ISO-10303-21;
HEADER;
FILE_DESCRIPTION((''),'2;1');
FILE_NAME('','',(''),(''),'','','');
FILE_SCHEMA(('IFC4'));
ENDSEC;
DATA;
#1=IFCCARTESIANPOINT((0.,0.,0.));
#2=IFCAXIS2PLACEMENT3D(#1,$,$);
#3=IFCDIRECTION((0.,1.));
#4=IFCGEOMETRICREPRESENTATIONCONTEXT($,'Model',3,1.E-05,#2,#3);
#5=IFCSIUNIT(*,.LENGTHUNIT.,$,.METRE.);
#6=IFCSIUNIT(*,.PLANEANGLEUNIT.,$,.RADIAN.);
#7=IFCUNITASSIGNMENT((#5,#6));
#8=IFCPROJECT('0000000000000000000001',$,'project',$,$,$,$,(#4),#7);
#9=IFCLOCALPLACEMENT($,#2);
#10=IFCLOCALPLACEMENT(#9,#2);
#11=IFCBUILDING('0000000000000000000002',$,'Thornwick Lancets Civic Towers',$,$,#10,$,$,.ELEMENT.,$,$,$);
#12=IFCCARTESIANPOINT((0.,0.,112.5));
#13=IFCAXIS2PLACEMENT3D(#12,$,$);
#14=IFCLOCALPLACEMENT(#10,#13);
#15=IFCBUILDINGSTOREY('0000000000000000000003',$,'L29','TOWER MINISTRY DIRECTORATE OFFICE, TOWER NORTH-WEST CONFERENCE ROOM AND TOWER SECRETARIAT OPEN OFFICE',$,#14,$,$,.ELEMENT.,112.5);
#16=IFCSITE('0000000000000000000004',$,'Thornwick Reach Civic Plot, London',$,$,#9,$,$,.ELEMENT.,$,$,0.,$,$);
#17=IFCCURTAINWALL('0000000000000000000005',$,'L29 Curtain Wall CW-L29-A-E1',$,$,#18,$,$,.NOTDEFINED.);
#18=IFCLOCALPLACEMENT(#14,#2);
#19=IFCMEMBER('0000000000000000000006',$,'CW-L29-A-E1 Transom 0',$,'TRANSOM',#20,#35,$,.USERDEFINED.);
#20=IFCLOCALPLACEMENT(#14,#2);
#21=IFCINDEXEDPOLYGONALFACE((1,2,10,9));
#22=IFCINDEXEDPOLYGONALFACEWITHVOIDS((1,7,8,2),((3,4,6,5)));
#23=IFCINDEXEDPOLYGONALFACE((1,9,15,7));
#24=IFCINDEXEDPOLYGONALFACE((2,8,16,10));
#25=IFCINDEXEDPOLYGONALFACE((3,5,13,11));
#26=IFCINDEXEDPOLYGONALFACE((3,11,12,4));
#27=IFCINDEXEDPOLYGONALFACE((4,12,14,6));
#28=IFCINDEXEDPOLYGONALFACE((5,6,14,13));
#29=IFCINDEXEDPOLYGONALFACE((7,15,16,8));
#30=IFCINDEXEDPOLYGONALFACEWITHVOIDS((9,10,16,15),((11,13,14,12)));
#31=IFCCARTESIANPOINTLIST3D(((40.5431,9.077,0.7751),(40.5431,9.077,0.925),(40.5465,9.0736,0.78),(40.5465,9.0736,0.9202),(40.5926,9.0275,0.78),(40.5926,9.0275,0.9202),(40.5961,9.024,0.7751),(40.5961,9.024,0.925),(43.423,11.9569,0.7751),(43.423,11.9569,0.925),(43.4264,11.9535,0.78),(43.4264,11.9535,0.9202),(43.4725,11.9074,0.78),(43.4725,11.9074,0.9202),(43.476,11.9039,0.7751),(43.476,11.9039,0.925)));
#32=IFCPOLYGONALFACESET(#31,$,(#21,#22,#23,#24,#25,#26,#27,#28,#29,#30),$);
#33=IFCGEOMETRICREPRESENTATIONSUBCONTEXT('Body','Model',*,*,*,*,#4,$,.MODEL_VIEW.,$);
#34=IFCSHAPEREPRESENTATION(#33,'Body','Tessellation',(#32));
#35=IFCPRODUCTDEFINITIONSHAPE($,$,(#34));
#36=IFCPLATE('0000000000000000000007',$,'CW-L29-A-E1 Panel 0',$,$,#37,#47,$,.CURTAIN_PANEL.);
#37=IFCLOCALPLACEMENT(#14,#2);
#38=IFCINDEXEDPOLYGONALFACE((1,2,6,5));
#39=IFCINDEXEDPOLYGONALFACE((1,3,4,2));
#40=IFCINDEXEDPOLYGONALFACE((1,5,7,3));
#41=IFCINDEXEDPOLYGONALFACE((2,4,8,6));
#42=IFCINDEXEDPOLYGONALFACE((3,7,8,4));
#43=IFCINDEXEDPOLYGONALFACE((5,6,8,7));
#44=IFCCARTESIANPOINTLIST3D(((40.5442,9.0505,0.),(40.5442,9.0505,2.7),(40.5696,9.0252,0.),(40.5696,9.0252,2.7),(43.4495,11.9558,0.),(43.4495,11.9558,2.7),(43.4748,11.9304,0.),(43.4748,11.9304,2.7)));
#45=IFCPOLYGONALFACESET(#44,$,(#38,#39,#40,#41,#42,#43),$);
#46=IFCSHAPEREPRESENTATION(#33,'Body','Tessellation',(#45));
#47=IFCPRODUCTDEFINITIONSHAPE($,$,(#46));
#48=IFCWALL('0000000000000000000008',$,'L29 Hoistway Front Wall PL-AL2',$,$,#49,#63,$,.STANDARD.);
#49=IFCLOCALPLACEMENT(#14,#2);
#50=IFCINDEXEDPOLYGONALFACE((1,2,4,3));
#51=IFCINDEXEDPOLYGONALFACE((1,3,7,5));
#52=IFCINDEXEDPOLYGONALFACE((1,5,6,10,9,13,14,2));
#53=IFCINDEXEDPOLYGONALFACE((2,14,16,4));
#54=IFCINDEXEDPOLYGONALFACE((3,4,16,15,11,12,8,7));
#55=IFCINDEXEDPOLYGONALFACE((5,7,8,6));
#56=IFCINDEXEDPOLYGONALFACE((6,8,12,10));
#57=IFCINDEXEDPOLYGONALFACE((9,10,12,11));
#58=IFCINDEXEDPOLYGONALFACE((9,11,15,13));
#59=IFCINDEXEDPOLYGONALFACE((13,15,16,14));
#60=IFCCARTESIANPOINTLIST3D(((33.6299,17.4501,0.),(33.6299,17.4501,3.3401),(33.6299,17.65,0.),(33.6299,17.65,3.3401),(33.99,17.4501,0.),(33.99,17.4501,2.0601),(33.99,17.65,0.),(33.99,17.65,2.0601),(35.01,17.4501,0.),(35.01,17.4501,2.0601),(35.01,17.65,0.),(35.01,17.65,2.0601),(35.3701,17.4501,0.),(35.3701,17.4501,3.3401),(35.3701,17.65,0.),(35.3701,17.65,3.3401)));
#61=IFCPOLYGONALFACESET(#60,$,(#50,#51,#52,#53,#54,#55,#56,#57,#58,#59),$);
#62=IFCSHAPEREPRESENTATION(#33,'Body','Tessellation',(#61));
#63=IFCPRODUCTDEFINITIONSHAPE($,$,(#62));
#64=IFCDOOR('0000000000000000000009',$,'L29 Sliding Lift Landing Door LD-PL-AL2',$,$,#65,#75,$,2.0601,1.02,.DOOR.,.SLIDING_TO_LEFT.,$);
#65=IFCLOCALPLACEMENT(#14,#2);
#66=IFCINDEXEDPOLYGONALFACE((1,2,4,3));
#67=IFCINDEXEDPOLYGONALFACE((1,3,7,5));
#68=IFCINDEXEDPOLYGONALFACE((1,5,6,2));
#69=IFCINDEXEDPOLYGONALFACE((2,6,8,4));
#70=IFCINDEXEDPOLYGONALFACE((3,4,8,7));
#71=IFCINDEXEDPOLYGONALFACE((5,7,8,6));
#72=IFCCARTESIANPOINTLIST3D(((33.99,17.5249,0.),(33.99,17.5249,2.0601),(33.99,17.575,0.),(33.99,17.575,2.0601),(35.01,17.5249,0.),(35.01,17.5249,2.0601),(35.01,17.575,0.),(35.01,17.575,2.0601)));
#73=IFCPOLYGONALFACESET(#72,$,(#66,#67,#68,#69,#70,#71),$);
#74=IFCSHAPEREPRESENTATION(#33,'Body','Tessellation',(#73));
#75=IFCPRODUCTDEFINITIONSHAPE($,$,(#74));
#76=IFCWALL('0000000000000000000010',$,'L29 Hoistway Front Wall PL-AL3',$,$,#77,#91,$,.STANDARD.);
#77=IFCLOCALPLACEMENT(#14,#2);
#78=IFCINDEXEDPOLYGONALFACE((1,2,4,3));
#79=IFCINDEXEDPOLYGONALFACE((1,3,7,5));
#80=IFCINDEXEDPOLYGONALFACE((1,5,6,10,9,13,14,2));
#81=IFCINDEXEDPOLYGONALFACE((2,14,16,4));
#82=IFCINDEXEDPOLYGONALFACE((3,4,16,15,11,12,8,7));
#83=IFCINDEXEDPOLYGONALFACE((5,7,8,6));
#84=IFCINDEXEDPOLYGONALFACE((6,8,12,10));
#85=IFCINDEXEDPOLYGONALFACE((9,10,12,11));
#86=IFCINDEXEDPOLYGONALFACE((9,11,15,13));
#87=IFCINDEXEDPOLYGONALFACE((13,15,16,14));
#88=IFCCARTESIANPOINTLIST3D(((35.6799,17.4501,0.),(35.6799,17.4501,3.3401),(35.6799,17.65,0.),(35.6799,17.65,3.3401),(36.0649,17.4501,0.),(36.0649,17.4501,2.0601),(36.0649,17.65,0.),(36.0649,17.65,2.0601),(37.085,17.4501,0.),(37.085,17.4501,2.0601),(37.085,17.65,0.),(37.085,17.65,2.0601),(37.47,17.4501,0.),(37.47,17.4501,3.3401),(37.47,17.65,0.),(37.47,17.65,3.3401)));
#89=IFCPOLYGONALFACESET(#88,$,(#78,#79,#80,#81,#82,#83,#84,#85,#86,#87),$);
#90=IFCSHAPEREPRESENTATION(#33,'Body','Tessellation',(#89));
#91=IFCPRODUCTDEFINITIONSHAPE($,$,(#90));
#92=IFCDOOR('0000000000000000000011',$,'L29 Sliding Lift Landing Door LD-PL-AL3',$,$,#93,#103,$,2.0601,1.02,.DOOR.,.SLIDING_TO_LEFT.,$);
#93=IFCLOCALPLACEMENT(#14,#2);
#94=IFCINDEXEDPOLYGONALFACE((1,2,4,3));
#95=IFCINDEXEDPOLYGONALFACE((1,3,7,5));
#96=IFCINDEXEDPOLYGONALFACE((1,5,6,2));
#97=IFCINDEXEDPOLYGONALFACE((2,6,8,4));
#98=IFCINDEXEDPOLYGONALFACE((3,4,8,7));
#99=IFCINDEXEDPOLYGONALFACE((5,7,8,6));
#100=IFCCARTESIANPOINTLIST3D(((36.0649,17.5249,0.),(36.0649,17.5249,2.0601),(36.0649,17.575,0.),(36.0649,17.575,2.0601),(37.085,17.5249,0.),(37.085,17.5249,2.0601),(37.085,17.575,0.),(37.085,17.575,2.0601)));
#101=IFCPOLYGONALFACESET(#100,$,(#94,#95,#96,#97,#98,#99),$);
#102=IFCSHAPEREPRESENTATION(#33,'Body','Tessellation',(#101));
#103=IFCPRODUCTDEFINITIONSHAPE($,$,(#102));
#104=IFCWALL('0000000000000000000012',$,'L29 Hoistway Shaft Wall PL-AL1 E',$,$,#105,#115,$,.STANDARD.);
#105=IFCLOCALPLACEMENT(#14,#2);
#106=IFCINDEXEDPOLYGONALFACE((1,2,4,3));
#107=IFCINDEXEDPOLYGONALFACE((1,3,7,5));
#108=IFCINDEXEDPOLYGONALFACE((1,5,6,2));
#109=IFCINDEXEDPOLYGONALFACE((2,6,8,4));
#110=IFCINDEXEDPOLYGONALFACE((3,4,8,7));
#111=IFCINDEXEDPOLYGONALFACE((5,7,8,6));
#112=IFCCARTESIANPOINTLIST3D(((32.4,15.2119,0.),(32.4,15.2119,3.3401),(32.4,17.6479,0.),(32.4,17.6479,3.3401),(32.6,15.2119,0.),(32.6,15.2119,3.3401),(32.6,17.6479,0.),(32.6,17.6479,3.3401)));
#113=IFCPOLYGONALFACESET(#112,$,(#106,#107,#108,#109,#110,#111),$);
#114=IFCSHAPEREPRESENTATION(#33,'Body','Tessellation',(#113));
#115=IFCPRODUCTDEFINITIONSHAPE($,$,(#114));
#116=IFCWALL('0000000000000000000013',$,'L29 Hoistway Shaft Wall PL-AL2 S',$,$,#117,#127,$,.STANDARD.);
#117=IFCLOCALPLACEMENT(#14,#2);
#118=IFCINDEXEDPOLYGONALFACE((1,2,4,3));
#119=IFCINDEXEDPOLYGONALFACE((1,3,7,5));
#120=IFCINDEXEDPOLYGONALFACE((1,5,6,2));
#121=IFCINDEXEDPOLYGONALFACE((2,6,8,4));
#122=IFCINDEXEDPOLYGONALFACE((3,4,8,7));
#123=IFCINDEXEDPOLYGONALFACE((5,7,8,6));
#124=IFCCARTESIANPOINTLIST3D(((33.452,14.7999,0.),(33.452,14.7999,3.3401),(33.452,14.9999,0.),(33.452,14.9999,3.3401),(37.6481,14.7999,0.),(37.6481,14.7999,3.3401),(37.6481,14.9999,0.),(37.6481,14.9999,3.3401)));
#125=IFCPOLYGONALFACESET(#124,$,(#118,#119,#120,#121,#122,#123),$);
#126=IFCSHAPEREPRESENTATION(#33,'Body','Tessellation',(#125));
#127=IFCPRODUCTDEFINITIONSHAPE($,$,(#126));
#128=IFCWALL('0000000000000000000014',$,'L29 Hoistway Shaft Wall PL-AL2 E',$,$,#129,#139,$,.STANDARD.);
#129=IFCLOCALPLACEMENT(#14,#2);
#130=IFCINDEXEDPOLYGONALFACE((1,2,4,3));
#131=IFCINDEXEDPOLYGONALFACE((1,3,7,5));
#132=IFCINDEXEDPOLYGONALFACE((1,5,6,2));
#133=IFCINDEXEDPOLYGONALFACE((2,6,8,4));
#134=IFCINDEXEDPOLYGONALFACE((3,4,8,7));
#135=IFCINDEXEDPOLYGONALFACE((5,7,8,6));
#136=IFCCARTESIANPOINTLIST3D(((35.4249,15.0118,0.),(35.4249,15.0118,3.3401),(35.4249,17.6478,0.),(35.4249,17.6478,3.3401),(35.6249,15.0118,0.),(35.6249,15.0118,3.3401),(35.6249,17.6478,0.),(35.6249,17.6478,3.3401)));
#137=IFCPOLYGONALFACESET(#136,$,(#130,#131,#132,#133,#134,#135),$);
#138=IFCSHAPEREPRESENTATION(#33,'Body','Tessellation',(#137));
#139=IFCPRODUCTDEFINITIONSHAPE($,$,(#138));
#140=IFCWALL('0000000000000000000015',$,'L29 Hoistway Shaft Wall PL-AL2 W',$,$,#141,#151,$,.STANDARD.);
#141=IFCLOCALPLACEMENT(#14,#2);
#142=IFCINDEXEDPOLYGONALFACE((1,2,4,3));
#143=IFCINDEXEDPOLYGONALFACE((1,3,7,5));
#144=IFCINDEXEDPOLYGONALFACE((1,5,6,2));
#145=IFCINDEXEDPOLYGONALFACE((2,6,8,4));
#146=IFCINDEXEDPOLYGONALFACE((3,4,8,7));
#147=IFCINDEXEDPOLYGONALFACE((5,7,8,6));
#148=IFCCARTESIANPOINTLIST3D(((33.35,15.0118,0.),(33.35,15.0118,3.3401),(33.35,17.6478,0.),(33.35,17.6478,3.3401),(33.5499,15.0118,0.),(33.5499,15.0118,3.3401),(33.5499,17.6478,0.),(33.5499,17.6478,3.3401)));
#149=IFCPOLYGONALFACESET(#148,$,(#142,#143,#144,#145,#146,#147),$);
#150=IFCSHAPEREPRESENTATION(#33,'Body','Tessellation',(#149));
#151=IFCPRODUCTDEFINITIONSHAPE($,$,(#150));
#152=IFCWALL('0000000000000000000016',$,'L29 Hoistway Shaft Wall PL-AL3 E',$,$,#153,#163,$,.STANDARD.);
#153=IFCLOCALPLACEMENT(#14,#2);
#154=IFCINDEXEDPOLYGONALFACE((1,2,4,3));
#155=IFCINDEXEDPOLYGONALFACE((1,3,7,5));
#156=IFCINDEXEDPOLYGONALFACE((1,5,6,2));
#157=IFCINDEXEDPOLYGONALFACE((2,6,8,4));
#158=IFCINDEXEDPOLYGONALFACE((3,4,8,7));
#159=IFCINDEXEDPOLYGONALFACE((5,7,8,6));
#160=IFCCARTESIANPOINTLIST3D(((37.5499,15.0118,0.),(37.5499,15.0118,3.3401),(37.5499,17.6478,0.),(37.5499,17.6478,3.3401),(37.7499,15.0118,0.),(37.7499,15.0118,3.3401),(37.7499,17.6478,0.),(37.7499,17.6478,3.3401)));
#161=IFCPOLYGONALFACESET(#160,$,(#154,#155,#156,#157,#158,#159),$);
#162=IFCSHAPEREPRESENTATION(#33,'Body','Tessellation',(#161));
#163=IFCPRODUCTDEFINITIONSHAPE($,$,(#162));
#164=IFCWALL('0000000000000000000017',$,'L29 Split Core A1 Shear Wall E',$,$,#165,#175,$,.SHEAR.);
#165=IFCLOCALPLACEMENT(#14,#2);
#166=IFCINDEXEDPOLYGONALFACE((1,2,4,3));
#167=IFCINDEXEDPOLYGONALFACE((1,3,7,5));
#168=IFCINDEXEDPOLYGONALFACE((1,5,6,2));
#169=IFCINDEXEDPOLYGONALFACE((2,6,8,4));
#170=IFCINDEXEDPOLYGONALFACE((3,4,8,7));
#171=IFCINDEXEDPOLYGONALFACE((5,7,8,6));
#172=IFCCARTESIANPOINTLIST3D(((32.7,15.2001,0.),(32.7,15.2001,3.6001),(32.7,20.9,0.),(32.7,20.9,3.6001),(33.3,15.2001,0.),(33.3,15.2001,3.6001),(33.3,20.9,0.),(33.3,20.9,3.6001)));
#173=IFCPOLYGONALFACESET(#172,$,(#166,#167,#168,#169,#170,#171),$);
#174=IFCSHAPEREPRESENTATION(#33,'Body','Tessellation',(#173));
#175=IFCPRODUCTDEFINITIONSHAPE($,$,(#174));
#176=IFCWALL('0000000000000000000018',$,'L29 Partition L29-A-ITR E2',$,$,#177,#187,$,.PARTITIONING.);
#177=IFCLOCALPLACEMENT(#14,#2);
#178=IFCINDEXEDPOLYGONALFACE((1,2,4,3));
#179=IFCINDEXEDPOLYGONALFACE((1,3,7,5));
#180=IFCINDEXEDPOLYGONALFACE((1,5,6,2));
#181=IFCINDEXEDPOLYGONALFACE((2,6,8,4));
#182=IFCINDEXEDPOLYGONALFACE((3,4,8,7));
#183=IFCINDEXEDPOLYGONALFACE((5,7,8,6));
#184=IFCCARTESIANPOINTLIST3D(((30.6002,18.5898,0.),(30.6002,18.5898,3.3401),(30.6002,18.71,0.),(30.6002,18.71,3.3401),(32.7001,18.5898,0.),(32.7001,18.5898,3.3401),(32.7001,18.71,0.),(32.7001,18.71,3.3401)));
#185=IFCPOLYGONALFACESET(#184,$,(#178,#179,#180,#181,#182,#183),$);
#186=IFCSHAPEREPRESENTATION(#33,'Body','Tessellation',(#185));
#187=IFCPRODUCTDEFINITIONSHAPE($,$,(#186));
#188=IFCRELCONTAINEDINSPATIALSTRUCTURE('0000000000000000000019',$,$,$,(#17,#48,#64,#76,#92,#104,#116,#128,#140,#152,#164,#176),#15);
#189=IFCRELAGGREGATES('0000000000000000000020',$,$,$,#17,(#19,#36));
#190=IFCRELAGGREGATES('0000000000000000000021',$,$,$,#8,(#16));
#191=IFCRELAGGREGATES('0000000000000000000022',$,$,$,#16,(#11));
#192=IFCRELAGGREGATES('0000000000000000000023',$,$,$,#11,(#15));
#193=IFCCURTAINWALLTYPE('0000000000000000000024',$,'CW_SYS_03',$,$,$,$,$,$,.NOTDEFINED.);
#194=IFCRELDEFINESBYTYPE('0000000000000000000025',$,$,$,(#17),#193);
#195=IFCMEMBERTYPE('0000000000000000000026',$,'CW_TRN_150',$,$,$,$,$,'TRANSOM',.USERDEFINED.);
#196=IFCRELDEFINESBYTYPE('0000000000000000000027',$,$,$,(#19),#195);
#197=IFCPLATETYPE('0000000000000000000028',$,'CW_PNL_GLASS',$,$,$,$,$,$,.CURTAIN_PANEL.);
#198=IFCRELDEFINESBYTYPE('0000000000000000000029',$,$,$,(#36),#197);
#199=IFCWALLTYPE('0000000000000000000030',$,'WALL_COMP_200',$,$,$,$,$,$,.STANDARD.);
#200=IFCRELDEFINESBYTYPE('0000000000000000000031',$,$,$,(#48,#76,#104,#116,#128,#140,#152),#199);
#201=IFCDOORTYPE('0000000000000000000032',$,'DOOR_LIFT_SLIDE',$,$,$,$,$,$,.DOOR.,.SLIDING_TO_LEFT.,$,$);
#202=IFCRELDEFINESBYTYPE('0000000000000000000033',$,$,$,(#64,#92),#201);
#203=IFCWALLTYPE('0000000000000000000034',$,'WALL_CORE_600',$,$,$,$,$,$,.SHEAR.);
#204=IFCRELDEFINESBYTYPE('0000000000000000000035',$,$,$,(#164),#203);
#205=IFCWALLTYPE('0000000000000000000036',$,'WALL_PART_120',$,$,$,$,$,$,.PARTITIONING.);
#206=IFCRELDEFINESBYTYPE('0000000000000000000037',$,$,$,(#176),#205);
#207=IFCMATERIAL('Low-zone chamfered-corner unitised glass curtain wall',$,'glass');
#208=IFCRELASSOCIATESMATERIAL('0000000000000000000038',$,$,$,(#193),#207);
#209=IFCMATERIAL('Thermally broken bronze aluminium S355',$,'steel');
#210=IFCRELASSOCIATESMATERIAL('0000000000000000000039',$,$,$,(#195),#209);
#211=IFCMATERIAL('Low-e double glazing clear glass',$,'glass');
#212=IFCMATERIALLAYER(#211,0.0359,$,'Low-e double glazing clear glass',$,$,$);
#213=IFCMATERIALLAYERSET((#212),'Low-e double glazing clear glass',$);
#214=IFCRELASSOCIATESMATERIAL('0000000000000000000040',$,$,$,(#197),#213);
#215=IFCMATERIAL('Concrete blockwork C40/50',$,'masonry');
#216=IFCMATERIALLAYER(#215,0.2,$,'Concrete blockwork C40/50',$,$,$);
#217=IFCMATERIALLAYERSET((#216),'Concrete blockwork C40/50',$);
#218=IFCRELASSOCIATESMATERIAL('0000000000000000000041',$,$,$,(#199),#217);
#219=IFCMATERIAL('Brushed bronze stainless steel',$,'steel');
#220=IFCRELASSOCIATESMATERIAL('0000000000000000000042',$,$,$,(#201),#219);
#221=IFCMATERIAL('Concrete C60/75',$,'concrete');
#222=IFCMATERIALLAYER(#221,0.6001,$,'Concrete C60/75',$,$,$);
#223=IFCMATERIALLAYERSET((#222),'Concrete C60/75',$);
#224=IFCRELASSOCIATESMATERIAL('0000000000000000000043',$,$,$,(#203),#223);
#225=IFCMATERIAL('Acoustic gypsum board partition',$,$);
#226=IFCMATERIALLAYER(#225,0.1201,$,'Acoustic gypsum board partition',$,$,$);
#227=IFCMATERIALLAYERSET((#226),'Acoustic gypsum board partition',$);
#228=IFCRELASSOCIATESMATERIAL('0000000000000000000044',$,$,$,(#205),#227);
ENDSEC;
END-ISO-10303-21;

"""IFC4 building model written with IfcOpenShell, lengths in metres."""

from ifc_helpers import new_model, si_unit, direction, frame, frame_2d, origin, origin_2d, place, context, subcontext, project, spatial, rectangle, hollow_rectangle, extrude, material, layer, layer_set, material_profile, profile_set, type_object, element, fill, aggregate, save


model = new_model("IFC4")

# Units and contexts
model_context = context("Model", 3, precision=1e-05, world=origin(), true_north=direction((0.0, 1.0)))
body_context = subcontext(model_context, "Body", "Model", "MODEL_VIEW")
ifc_project = project(units=[si_unit("LENGTHUNIT", "METRE"), si_unit("PLANEANGLEUNIT", "RADIAN")], contexts=[model_context])

# Site, building, storey
site_placement = place(None, origin())
site = spatial("IfcSite", under=ifc_project, at=site_placement, Name="Thornwick Reach Civic Plot, London", CompositionType="ELEMENT", RefElevation=0.0)
building_placement = place(site_placement, origin())
building = spatial("IfcBuilding", under=site, at=building_placement, Name="Thornwick Lancets Civic Towers", CompositionType="ELEMENT")
storey_placement = place(building_placement, frame((0.0, 0.0, 112.5)))
storey = spatial("IfcBuildingStorey", under=building, at=storey_placement, Name="L29", Description="TOWER MINISTRY DIRECTORATE OFFICE, TOWER NORTH-WEST CONFERENCE ROOM AND TOWER SECRETARIAT OPEN OFFICE", CompositionType="ELEMENT", Elevation=112.5)

# Shared definitions
ifc_material_1 = material(Name="Concrete C60/75", Category="concrete")

# Curtain wall, member, plate
ifc_material_2 = material(Name="Low-zone chamfered-corner unitised glass curtain wall", Category="glass")
curtain_wall_type = type_object("IfcCurtainWallType", Name="CW_SYS_03", PredefinedType="NOTDEFINED", material=ifc_material_2)
curtain_wall_placement = place(storey_placement, origin())
curtain_wall = element("IfcCurtainWall", 1, at=curtain_wall_placement, inside=storey, type_object=curtain_wall_type, Name="L29 Curtain Wall CW-L29-A-E1", PredefinedType="NOTDEFINED")
ifc_material_3 = material(Name="Thermally broken bronze aluminium S355", Category="steel")
ifc_material_profile_1 = material_profile(ifc_material_3, hollow_rectangle(XDim=0.075, YDim=0.1499, WallThickness=0.0049, at=origin_2d()), Name="RHS 150x75x5")
ifc_profile_set_1 = profile_set([ifc_material_profile_1], Name="Thermally broken bronze aluminium S355")
member_type_1 = type_object("IfcMemberType", Name="CW_TRN_150", ElementType="TRANSOM", PredefinedType="USERDEFINED", material=ifc_profile_set_1)
member_1_placement = place(storey_placement, frame((40.5696, 9.0505, 0.8501), z_axis=(0.707107, 0.707107, 0.0), x_axis=(-0.707107, 0.707107, 0.0)))
member_1 = element("IfcMember", 2, at=member_1_placement, type_object=member_type_1, Name="CW-L29-A-E1 Transom 0", ObjectType="TRANSOM", PredefinedType="USERDEFINED", context=body_context, shape_type="SweptSolid", body=[
    extrude(hollow_rectangle(XDim=0.075, YDim=0.1499, WallThickness=0.0049, at=origin_2d()), origin(), (0.0, 0.0, 1.0), 4.0728),
])
ifc_material_4 = material(Name="Low-e double glazing clear glass", Category="glass")
ifc_layer_1 = layer(ifc_material_4, 0.0359, Name="Low-e double glazing clear glass")
ifc_layer_set_1 = layer_set([ifc_layer_1], Name="Low-e double glazing clear glass")
plate_type = type_object("IfcPlateType", Name="CW_PNL_GLASS", PredefinedType="CURTAIN_PANEL", material=ifc_layer_set_1)
plate_placement = place(storey_placement, frame((42.0095, 10.4905, 0.0), z_axis=(0.0, 0.0, 1.0), x_axis=(0.707107, 0.707107, 0.0)))
plate = element("IfcPlate", 3, at=plate_placement, type_object=plate_type, Name="CW-L29-A-E1 Panel 0", PredefinedType="CURTAIN_PANEL", context=body_context, shape_type="SweptSolid", body=[
    extrude(rectangle(XDim=4.1086, YDim=0.0359, at=origin_2d()), origin(), (0.0, 0.0, 1.0), 2.7),
])
aggregate(curtain_wall, [member_1, plate])

# Walls, openings, doors
ifc_material_5 = material(Name="Concrete blockwork C40/50", Category="masonry")
ifc_layer_2 = layer(ifc_material_5, 0.2, Name="Concrete blockwork C40/50")
ifc_layer_set_2 = layer_set([ifc_layer_2], Name="Concrete blockwork C40/50")
wall_type_1 = type_object("IfcWallType", Name="WALL_COMP_200", PredefinedType="STANDARD", material=ifc_layer_set_2)
wall_1_placement = place(storey_placement, frame((33.6299, 17.55, 0.0), z_axis=(0.0, 0.0, 1.0), x_axis=(1.0, 0.0, 0.0)))
wall_1 = element("IfcWall", 4, at=wall_1_placement, inside=storey, type_object=wall_type_1, Name="L29 Hoistway Front Wall PL-AL2", PredefinedType="STANDARD", context=body_context, shape_type="SweptSolid", body=[
    extrude(rectangle(XDim=1.7402, YDim=0.2, at=frame_2d((0.8701, 0.0))), origin(), (0.0, 0.0, 1.0), 3.3401),
])
opening_1_placement = place(wall_1_placement, frame((0.3601, 0.0, 0.0)))
opening_1 = element("IfcOpeningElement", 5, at=opening_1_placement, cuts=wall_1, PredefinedType="OPENING", context=body_context, shape_type="SweptSolid", body=[
    extrude(rectangle(XDim=1.02, YDim=2.0601, at=frame_2d((0.51, 1.03))), frame((0.0, 0.1099, 0.0), z_axis=(0.0, -1.0, 0.0), x_axis=(1.0, 0.0, 0.0)), (0.0, 0.0, 1.0), 0.22),
])
ifc_material_6 = material(Name="Brushed bronze stainless steel", Category="steel")
door_type_1 = type_object("IfcDoorType", Name="DOOR_LIFT_SLIDE", OperationType="SLIDING_TO_LEFT", PredefinedType="DOOR", material=ifc_material_6)
door_1_placement = place(opening_1_placement, origin())
door_1 = element("IfcDoor", 6, at=door_1_placement, inside=storey, type_object=door_type_1, Name="L29 Sliding Lift Landing Door LD-PL-AL2", OperationType="SLIDING_TO_LEFT", OverallHeight=2.0601, OverallWidth=1.02, PredefinedType="DOOR", context=body_context, shape_type="SweptSolid", body=[
    extrude(rectangle(XDim=1.02, YDim=2.0601, at=frame_2d((0.51, 1.03))), frame((0.0, 0.0249, 0.0), z_axis=(0.0, -1.0, 0.0), x_axis=(1.0, 0.0, 0.0)), (0.0, 0.0, 1.0), 0.05),
])
fill(opening_1, door_1)
wall_2_placement = place(storey_placement, frame((35.6799, 17.55, 0.0), z_axis=(0.0, 0.0, 1.0), x_axis=(1.0, 0.0, 0.0)))
wall_2 = element("IfcWall", 7, at=wall_2_placement, inside=storey, type_object=wall_type_1, Name="L29 Hoistway Front Wall PL-AL3", PredefinedType="STANDARD", context=body_context, shape_type="SweptSolid", body=[
    extrude(rectangle(XDim=1.79, YDim=0.2, at=frame_2d((0.895, 0.0))), origin(), (0.0, 0.0, 1.0), 3.3401),
])
opening_2_placement = place(wall_2_placement, frame((0.385, 0.0, 0.0)))
opening_2 = element("IfcOpeningElement", 8, at=opening_2_placement, cuts=wall_2, PredefinedType="OPENING", context=body_context, shape_type="SweptSolid", body=[
    extrude(rectangle(XDim=1.02, YDim=2.0601, at=frame_2d((0.51, 1.03))), frame((0.0, 0.1099, 0.0), z_axis=(0.0, -1.0, 0.0), x_axis=(1.0, 0.0, 0.0)), (0.0, 0.0, 1.0), 0.22),
])
door_2_placement = place(opening_2_placement, origin())
door_2 = element("IfcDoor", 9, at=door_2_placement, inside=storey, type_object=door_type_1, Name="L29 Sliding Lift Landing Door LD-PL-AL3", OperationType="SLIDING_TO_LEFT", OverallHeight=2.0601, OverallWidth=1.02, PredefinedType="DOOR", context=body_context, shape_type="SweptSolid", body=[
    extrude(rectangle(XDim=1.02, YDim=2.0601, at=frame_2d((0.51, 1.03))), frame((0.0, 0.0249, 0.0), z_axis=(0.0, -1.0, 0.0), x_axis=(1.0, 0.0, 0.0)), (0.0, 0.0, 1.0), 0.05),
])
fill(opening_2, door_2)

# Walls
wall_3_placement = place(storey_placement, frame((32.5, 15.2119, 0.0), z_axis=(0.0, 0.0, 1.0), x_axis=(0.0, 1.0, 0.0)))
element("IfcWall", 10, at=wall_3_placement, inside=storey, type_object=wall_type_1, Name="L29 Hoistway Shaft Wall PL-AL1 E", PredefinedType="STANDARD", context=body_context, shape_type="SweptSolid", body=[
    extrude(rectangle(XDim=2.436, YDim=0.2, at=frame_2d((1.218, 0.0))), origin(), (0.0, 0.0, 1.0), 3.3401),
])
wall_4_placement = place(storey_placement, frame((33.4519, 14.8999, 0.0), z_axis=(0.0, 0.0, 1.0), x_axis=(1.0, 0.0, 0.0)))
element("IfcWall", 11, at=wall_4_placement, inside=storey, type_object=wall_type_1, Name="L29 Hoistway Shaft Wall PL-AL2 S", PredefinedType="STANDARD", context=body_context, shape_type="SweptSolid", body=[
    extrude(rectangle(XDim=4.196, YDim=0.2, at=frame_2d((2.0981, 0.0))), origin(), (0.0, 0.0, 1.0), 3.3401),
])
for number, where, z_axis, x_axis, name in (
    (12, (35.5249, 15.012, 0.0), (0.0, 0.0, 1.0), (0.0, 1.0, 0.0), "L29 Hoistway Shaft Wall PL-AL2 E"),
    (13, (33.45, 15.012, 0.0), (0.0, 0.0, 1.0), (0.0, 1.0, 0.0), "L29 Hoistway Shaft Wall PL-AL2 W"),
    (14, (37.6499, 15.012, 0.0), (0.0, 0.0, 1.0), (0.0, 1.0, 0.0), "L29 Hoistway Shaft Wall PL-AL3 E"),
):
    element("IfcWall", number, at=place(storey_placement, frame(where, z_axis=z_axis, x_axis=x_axis)), inside=storey, type_object=wall_type_1, Name=name, PredefinedType="STANDARD", context=body_context, shape_type="SweptSolid", body=[
        extrude(rectangle(XDim=2.636, YDim=0.2, at=frame_2d((1.3179, 0.0))), origin(), (0.0, 0.0, 1.0), 3.3401),
    ])
ifc_layer_3 = layer(ifc_material_1, 0.6001, Name="Concrete C60/75")
ifc_layer_set_3 = layer_set([ifc_layer_3], Name="Concrete C60/75")
wall_type_2 = type_object("IfcWallType", Name="WALL_CORE_600", PredefinedType="SHEAR", material=ifc_layer_set_3)
wall_5_placement = place(storey_placement, frame((33.0, 15.2, 0.0), z_axis=(0.0, 0.0, 1.0), x_axis=(0.0, 1.0, 0.0)))
element("IfcWall", 15, at=wall_5_placement, inside=storey, type_object=wall_type_2, Name="L29 Split Core A1 Shear Wall E", PredefinedType="SHEAR", context=body_context, shape_type="SweptSolid", body=[
    extrude(rectangle(XDim=5.7, YDim=0.6001, at=frame_2d((2.8501, 0.0))), origin(), (0.0, 0.0, 1.0), 3.6001),
])
ifc_material_7 = material(Name="Acoustic gypsum board partition")
ifc_layer_4 = layer(ifc_material_7, 0.1201, Name="Acoustic gypsum board partition")
ifc_layer_set_4 = layer_set([ifc_layer_4], Name="Acoustic gypsum board partition")
wall_type_3 = type_object("IfcWallType", Name="WALL_PART_120", PredefinedType="PARTITIONING", material=ifc_layer_set_4)
wall_6_placement = place(storey_placement, frame((32.7, 18.6499, 0.0), z_axis=(0.0, 0.0, 1.0), x_axis=(-1.0, 0.0, 0.0)))
element("IfcWall", 16, at=wall_6_placement, inside=storey, type_object=wall_type_3, Name="L29 Partition L29-A-ITR E2", PredefinedType="PARTITIONING", context=body_context, shape_type="SweptSolid", body=[
    extrude(rectangle(XDim=2.0999, YDim=0.1201, at=frame_2d((1.0498, 0.0))), origin(), (0.0, 0.0, 1.0), 3.3401),
])

save(model, "model.ifc")
